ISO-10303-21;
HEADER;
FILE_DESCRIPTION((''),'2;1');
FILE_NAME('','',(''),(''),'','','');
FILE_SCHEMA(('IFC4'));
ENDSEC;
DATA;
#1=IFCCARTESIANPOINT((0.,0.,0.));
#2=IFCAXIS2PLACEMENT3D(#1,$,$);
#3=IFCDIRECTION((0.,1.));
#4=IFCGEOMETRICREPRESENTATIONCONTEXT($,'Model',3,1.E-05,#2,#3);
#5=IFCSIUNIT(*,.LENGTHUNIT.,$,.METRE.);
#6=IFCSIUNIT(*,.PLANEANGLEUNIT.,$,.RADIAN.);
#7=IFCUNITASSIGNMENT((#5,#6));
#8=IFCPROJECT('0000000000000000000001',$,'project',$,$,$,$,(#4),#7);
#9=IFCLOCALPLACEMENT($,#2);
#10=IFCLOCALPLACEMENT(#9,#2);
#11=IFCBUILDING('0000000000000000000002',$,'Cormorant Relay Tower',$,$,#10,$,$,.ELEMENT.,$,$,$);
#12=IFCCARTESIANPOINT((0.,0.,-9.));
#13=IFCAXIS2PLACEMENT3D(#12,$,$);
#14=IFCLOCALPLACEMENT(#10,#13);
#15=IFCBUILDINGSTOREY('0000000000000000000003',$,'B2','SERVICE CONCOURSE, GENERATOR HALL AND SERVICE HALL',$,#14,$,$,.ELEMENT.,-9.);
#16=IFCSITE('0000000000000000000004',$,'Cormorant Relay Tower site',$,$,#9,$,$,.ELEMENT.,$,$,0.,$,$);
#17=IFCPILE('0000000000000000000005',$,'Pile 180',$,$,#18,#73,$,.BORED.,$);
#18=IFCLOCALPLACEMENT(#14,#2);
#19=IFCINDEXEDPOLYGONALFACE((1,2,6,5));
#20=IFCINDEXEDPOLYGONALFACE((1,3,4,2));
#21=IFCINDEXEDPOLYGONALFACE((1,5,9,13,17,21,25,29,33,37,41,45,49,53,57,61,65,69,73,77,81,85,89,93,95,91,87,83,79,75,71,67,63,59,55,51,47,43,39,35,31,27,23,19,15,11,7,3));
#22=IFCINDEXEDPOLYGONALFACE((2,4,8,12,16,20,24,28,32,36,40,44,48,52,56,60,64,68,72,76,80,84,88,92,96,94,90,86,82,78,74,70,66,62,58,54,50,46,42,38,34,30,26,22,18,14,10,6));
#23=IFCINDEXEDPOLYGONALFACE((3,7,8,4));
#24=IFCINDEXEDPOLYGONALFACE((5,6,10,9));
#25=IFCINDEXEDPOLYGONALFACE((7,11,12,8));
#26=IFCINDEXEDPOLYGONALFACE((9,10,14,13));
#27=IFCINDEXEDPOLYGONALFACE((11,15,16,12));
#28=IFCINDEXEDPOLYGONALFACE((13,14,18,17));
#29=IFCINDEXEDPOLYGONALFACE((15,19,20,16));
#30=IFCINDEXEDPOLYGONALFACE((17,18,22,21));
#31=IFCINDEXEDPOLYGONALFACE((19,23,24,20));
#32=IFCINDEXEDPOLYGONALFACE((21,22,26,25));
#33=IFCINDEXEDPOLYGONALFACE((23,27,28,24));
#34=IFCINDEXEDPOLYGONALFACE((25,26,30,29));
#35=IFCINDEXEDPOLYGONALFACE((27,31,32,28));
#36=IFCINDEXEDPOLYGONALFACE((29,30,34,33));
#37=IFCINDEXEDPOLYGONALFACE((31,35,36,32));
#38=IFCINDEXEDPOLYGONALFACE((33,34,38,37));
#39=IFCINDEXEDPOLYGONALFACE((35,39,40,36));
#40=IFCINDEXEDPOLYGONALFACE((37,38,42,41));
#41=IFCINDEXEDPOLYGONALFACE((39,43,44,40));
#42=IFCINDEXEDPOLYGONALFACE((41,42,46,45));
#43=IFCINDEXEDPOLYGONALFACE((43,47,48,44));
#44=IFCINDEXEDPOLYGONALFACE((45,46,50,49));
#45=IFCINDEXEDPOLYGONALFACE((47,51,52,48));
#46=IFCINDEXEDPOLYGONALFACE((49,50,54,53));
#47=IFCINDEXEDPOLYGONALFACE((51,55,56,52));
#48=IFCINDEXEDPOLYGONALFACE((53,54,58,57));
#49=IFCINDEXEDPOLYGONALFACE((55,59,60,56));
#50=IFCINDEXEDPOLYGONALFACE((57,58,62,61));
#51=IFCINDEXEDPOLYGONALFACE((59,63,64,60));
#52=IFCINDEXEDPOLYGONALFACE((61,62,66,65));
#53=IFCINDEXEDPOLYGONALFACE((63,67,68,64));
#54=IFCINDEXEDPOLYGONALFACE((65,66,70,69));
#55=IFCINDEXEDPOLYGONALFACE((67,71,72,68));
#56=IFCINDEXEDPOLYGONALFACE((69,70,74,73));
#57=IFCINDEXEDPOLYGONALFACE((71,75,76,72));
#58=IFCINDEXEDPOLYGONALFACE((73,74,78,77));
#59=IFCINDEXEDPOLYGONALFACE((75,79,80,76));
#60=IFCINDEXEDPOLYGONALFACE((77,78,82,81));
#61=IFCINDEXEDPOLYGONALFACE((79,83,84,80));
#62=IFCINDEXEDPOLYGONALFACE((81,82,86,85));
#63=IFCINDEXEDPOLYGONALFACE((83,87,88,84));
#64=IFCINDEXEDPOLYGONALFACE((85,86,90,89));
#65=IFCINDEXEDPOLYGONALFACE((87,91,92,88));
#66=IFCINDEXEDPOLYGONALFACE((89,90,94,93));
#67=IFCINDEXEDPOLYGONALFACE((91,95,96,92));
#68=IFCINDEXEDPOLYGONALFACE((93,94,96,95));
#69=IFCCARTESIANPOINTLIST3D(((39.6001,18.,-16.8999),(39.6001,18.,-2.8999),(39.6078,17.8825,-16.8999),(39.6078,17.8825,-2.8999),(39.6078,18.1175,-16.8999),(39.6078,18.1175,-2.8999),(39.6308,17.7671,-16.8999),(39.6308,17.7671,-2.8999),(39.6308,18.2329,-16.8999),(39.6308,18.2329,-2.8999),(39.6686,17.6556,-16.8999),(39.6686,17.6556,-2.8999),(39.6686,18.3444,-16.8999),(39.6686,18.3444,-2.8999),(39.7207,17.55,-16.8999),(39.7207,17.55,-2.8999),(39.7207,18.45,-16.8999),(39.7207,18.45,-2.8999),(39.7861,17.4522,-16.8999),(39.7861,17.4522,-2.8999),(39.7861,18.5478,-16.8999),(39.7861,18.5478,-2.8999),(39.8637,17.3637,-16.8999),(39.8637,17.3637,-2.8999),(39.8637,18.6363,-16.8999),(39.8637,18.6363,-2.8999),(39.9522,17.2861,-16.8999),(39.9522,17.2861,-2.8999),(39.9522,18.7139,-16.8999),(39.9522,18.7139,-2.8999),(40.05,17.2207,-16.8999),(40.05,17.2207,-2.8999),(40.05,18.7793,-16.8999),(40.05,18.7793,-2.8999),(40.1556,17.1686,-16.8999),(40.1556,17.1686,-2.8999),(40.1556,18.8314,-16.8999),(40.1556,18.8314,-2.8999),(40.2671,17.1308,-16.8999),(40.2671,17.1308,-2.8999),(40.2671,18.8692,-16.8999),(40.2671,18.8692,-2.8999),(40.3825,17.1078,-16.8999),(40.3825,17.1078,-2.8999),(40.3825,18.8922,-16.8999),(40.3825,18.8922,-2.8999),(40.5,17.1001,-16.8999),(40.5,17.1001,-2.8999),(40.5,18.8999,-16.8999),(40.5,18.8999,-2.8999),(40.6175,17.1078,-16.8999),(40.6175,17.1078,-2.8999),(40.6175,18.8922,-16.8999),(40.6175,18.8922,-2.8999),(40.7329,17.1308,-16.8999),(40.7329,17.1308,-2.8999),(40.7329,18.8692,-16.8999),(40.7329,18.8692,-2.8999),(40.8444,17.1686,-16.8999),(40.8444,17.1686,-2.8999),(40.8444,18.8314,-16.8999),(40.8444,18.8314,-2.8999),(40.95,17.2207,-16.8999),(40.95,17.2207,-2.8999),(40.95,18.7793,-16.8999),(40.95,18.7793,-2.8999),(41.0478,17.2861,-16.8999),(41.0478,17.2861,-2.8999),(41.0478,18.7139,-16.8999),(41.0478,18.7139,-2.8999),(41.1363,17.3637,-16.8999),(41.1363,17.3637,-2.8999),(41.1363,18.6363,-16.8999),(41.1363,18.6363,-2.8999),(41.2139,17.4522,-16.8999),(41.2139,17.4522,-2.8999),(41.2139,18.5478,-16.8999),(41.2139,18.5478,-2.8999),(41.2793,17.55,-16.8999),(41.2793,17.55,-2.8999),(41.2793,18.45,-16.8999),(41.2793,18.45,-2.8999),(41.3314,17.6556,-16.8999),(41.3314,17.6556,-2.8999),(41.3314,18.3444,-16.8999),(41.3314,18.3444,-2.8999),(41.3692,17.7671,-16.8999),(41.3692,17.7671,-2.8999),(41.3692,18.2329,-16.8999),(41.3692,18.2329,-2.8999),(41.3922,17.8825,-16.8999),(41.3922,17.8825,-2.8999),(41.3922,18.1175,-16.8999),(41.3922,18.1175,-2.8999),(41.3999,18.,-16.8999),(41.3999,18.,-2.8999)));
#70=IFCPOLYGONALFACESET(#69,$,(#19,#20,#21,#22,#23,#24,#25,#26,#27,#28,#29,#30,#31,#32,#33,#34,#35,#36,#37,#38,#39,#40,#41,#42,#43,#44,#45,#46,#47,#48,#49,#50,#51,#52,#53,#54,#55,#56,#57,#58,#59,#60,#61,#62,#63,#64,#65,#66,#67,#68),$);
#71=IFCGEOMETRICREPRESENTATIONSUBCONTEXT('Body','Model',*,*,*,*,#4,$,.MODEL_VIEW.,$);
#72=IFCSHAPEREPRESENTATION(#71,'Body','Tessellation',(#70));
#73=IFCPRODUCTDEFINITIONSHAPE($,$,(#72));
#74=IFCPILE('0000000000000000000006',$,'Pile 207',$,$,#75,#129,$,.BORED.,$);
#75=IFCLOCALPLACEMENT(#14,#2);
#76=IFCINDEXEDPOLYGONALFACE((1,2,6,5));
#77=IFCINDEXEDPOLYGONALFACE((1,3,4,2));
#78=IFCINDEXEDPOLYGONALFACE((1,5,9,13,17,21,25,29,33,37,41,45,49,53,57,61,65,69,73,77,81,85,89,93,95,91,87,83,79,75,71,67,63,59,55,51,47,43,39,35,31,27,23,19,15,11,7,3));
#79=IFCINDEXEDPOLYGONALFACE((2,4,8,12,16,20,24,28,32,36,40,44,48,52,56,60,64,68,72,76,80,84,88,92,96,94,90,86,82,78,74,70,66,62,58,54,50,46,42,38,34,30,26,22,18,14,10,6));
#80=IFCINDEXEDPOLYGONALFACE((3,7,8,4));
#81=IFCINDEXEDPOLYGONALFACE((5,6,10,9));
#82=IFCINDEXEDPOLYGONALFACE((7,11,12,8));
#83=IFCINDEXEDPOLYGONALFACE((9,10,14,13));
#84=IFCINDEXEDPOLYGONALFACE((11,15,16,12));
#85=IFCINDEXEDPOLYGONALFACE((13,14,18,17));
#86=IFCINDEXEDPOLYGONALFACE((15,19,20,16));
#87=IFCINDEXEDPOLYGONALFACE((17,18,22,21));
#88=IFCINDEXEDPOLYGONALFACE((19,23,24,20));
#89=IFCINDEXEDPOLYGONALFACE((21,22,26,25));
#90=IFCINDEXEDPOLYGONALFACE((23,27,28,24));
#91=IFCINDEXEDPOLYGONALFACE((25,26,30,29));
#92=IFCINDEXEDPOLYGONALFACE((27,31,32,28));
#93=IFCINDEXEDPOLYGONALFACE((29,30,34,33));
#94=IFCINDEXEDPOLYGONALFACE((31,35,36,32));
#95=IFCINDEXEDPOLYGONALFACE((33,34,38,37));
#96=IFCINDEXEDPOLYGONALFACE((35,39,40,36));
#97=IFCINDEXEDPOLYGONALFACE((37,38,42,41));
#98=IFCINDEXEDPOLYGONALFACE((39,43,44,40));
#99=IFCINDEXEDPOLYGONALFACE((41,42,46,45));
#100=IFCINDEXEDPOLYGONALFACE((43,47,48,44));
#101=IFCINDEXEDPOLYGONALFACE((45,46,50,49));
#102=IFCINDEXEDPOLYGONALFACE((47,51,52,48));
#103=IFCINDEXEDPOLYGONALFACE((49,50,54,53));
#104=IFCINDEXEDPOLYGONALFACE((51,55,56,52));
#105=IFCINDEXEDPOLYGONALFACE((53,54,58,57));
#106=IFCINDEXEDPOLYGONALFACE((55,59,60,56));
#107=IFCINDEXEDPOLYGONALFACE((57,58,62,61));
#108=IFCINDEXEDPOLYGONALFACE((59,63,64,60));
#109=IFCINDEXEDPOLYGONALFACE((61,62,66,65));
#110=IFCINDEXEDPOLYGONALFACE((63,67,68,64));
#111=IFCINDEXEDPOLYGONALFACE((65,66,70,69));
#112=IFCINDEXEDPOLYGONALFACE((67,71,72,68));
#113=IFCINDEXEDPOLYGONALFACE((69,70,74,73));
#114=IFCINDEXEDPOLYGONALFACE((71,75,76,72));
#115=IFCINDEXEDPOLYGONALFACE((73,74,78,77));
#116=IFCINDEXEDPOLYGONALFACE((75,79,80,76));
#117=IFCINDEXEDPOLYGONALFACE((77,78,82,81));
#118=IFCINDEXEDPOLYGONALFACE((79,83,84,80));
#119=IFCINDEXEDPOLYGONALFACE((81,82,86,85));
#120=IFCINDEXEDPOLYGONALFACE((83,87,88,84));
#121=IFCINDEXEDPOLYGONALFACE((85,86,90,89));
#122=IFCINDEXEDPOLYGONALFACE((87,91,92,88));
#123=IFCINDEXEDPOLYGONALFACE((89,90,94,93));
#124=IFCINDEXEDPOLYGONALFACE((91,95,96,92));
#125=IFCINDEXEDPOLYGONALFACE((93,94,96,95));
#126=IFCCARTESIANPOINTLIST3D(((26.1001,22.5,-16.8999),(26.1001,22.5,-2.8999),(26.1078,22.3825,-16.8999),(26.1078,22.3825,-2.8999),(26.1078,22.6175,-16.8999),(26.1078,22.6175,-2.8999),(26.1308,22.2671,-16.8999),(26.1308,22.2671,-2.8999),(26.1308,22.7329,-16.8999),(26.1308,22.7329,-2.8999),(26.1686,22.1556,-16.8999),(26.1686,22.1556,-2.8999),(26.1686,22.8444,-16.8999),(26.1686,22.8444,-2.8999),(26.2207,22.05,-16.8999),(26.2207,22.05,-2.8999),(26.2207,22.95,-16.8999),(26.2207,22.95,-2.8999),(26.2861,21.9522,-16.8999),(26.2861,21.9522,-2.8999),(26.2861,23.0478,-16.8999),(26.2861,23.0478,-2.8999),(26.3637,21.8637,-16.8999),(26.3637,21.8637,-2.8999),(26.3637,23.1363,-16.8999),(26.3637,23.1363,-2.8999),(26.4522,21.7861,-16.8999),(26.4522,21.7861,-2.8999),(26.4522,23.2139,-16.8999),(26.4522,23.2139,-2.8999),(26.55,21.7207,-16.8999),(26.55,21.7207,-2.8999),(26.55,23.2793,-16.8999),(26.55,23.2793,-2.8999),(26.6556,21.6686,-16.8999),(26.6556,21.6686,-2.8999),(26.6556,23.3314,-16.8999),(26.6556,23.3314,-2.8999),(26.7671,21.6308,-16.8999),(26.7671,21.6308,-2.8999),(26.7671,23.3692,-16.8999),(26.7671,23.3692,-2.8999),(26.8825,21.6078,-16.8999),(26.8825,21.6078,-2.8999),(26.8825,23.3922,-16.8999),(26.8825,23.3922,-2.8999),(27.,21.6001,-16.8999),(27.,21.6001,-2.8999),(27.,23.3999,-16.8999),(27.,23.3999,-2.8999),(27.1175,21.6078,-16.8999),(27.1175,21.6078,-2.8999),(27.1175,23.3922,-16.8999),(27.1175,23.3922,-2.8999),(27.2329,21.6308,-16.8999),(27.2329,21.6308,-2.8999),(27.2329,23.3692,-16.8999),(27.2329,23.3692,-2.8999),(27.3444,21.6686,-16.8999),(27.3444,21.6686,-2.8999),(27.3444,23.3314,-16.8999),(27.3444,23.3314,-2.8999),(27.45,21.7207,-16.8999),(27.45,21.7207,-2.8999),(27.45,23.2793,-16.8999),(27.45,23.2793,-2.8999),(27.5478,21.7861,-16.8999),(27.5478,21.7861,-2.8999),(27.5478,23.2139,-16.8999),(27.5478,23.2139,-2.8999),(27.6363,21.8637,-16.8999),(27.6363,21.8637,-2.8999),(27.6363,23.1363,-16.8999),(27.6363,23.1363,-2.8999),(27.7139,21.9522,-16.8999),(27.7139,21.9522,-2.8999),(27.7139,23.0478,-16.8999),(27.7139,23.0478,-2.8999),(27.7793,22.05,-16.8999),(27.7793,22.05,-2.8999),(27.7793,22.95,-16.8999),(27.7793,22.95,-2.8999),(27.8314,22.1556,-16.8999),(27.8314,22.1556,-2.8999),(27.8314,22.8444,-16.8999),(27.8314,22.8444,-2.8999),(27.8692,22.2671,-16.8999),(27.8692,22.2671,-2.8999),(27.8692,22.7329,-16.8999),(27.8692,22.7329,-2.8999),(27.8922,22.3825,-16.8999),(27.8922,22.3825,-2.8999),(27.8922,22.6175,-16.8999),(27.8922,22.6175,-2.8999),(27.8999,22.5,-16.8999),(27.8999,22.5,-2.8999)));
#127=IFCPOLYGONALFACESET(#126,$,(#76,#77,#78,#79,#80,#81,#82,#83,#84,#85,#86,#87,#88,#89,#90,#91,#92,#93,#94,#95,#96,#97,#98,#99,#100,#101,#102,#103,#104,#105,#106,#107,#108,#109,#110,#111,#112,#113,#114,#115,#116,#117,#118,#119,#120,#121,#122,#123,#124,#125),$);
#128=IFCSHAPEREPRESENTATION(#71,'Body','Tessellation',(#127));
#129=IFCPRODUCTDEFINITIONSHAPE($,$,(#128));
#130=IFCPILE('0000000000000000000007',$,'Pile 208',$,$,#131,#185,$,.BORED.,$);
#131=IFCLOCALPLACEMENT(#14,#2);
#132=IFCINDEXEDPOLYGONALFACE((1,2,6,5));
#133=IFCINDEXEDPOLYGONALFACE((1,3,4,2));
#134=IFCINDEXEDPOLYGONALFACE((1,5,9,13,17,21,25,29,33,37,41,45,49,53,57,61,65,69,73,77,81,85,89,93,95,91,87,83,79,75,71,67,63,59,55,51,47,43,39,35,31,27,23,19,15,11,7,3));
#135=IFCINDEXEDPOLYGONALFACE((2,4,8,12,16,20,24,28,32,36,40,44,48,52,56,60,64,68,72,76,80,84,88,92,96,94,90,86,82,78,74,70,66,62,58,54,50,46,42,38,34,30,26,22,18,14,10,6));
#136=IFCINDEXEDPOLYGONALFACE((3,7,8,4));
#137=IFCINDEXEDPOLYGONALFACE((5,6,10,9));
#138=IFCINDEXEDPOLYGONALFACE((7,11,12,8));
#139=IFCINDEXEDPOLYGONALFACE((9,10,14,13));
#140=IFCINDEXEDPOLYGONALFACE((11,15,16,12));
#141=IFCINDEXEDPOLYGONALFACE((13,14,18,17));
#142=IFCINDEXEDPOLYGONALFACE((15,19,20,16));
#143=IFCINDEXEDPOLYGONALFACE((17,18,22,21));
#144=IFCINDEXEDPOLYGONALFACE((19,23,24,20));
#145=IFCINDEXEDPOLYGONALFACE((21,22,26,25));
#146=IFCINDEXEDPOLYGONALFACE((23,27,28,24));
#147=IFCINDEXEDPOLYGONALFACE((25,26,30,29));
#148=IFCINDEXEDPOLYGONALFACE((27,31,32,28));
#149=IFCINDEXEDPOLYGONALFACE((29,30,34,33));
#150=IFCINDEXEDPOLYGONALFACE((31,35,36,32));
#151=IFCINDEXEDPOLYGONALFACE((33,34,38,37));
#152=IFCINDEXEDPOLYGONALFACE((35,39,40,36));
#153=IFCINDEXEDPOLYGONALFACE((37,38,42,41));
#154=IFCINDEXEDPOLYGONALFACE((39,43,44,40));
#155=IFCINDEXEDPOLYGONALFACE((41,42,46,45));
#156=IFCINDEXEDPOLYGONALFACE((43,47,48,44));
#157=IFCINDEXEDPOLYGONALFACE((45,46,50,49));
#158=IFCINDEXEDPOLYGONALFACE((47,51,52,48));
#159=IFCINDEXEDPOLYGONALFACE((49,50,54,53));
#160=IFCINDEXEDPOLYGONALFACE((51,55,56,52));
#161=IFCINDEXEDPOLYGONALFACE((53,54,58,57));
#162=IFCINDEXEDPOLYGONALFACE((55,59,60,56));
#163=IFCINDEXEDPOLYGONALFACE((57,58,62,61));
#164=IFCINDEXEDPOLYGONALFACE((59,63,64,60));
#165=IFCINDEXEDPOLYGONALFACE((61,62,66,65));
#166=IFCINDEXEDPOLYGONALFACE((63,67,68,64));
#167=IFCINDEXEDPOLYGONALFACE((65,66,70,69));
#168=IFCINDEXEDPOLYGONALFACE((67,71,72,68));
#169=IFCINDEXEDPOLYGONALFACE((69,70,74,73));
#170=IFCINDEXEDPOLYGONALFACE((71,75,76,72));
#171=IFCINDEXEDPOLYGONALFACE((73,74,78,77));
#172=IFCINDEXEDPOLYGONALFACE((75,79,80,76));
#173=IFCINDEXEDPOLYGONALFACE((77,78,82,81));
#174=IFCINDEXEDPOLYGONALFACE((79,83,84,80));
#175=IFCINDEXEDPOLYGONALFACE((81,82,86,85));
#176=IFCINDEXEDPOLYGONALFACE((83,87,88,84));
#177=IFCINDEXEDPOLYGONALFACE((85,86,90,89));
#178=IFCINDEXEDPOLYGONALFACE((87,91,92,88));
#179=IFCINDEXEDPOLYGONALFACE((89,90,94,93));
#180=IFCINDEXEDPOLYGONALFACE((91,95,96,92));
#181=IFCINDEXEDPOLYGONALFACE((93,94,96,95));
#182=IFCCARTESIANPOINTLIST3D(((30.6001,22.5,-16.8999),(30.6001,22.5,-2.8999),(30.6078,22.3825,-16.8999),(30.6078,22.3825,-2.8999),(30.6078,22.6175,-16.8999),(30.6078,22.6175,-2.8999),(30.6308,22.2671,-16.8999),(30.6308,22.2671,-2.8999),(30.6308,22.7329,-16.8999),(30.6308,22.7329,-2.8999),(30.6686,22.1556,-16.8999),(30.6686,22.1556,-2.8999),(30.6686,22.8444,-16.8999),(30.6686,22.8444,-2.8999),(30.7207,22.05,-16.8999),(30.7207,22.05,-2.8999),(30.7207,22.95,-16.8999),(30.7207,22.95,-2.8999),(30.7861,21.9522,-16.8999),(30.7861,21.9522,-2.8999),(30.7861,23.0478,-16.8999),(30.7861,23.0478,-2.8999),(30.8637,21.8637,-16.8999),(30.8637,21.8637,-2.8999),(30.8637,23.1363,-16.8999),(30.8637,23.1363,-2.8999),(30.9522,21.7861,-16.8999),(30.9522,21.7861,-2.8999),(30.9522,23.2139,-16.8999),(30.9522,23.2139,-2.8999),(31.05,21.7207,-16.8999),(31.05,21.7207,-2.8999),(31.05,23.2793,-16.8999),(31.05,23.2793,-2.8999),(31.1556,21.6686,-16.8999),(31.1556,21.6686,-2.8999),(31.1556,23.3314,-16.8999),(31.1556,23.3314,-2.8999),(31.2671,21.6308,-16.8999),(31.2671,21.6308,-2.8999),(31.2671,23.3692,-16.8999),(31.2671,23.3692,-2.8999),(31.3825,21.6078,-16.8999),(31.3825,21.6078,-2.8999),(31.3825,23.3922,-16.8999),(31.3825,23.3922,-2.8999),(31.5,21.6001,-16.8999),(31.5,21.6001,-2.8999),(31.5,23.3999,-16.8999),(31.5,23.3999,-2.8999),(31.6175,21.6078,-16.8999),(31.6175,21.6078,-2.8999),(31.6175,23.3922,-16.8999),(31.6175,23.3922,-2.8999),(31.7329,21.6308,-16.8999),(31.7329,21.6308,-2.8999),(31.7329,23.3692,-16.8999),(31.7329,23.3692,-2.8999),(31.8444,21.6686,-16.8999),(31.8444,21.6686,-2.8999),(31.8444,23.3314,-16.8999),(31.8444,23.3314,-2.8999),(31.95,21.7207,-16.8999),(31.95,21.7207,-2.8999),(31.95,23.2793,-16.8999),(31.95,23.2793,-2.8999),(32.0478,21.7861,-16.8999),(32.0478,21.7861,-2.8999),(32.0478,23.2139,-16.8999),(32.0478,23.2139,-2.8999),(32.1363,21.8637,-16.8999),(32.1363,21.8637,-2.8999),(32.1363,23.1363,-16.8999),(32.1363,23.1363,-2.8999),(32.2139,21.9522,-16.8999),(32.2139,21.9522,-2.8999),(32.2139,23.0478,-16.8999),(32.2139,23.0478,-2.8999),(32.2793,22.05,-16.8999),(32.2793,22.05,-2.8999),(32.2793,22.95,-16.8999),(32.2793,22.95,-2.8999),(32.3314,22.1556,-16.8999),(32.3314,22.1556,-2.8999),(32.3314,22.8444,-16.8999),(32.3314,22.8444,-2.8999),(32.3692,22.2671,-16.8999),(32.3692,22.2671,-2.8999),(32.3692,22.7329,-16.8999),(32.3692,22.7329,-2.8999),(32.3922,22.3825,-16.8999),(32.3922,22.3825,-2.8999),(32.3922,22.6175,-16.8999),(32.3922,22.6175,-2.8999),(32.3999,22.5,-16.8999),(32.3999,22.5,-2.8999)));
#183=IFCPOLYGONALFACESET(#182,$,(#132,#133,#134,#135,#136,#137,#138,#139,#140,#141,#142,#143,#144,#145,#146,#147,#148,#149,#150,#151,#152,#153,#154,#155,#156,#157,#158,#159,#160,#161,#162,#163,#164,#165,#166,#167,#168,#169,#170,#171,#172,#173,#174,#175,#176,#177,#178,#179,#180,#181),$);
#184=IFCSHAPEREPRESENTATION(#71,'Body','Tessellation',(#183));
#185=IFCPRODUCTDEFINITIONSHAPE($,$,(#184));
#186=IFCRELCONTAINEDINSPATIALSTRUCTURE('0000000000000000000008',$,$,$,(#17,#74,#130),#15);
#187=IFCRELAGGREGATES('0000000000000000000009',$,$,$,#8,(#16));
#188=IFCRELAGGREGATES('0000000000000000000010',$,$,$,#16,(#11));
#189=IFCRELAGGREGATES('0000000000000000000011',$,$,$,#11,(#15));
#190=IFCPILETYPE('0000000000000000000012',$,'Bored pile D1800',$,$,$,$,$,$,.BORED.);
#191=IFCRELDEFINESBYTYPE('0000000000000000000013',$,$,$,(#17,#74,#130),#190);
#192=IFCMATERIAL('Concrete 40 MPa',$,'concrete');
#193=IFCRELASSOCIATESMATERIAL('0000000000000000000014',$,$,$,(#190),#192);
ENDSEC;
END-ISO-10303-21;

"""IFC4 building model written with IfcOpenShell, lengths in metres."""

from ifc_helpers import new_model, si_unit, direction, frame, origin, origin_2d, place, context, subcontext, project, spatial, circle, extrude, material, material_profile, profile_set, type_object, element, save


model = new_model("IFC4")

# Units and contexts
model_context = context("Model", 3, precision=1e-05, world=origin(), true_north=direction((0.0, 1.0)))
body_context = subcontext(model_context, "Body", "Model", "MODEL_VIEW")
ifc_project = project(units=[si_unit("LENGTHUNIT", "METRE"), si_unit("PLANEANGLEUNIT", "RADIAN")], contexts=[model_context])

# Site, building, storey
site_placement = place(None, origin())
site = spatial("IfcSite", under=ifc_project, at=site_placement, Name="Cormorant Relay Tower site", CompositionType="ELEMENT", RefElevation=0.0)
building_placement = place(site_placement, origin())
building = spatial("IfcBuilding", under=site, at=building_placement, Name="Cormorant Relay Tower", CompositionType="ELEMENT")
storey_placement = place(building_placement, frame((0.0, 0.0, -9.0)))
storey = spatial("IfcBuildingStorey", under=building, at=storey_placement, Name="B2", Description="SERVICE CONCOURSE, GENERATOR HALL AND SERVICE HALL", CompositionType="ELEMENT", Elevation=-9.0)

# Piles
ifc_material_1 = material(Name="Concrete 40 MPa", Category="concrete")
ifc_material_profile_1 = material_profile(ifc_material_1, circle(Radius=0.8999, at=origin_2d()), Name="BP1800")
ifc_profile_set_1 = profile_set([ifc_material_profile_1], Name="Concrete 40 MPa")
pile_type = type_object("IfcPileType", Name="Bored pile D1800", PredefinedType="BORED", material=ifc_profile_set_1)
for number, where, z_axis, x_axis, name in (
    (1, (40.5, 18.0, -2.8999), (0.0, 0.0, -1.0), (1.0, 0.0, 0.0), "Pile 180"),
    (2, (27.0, 22.5, -2.8999), (0.0, 0.0, -1.0), (1.0, 0.0, 0.0), "Pile 207"),
    (3, (31.5, 22.5, -2.8999), (0.0, 0.0, -1.0), (1.0, 0.0, 0.0), "Pile 208"),
):
    element("IfcPile", number, at=place(storey_placement, frame(where, z_axis=z_axis, x_axis=x_axis)), inside=storey, type_object=pile_type, Name=name, PredefinedType="BORED", context=body_context, shape_type="SweptSolid", body=[
        extrude(circle(Radius=0.8999, at=origin_2d()), origin(), (0.0, 0.0, 1.0), 14.0),
    ])

save(model, "model.ifc")
